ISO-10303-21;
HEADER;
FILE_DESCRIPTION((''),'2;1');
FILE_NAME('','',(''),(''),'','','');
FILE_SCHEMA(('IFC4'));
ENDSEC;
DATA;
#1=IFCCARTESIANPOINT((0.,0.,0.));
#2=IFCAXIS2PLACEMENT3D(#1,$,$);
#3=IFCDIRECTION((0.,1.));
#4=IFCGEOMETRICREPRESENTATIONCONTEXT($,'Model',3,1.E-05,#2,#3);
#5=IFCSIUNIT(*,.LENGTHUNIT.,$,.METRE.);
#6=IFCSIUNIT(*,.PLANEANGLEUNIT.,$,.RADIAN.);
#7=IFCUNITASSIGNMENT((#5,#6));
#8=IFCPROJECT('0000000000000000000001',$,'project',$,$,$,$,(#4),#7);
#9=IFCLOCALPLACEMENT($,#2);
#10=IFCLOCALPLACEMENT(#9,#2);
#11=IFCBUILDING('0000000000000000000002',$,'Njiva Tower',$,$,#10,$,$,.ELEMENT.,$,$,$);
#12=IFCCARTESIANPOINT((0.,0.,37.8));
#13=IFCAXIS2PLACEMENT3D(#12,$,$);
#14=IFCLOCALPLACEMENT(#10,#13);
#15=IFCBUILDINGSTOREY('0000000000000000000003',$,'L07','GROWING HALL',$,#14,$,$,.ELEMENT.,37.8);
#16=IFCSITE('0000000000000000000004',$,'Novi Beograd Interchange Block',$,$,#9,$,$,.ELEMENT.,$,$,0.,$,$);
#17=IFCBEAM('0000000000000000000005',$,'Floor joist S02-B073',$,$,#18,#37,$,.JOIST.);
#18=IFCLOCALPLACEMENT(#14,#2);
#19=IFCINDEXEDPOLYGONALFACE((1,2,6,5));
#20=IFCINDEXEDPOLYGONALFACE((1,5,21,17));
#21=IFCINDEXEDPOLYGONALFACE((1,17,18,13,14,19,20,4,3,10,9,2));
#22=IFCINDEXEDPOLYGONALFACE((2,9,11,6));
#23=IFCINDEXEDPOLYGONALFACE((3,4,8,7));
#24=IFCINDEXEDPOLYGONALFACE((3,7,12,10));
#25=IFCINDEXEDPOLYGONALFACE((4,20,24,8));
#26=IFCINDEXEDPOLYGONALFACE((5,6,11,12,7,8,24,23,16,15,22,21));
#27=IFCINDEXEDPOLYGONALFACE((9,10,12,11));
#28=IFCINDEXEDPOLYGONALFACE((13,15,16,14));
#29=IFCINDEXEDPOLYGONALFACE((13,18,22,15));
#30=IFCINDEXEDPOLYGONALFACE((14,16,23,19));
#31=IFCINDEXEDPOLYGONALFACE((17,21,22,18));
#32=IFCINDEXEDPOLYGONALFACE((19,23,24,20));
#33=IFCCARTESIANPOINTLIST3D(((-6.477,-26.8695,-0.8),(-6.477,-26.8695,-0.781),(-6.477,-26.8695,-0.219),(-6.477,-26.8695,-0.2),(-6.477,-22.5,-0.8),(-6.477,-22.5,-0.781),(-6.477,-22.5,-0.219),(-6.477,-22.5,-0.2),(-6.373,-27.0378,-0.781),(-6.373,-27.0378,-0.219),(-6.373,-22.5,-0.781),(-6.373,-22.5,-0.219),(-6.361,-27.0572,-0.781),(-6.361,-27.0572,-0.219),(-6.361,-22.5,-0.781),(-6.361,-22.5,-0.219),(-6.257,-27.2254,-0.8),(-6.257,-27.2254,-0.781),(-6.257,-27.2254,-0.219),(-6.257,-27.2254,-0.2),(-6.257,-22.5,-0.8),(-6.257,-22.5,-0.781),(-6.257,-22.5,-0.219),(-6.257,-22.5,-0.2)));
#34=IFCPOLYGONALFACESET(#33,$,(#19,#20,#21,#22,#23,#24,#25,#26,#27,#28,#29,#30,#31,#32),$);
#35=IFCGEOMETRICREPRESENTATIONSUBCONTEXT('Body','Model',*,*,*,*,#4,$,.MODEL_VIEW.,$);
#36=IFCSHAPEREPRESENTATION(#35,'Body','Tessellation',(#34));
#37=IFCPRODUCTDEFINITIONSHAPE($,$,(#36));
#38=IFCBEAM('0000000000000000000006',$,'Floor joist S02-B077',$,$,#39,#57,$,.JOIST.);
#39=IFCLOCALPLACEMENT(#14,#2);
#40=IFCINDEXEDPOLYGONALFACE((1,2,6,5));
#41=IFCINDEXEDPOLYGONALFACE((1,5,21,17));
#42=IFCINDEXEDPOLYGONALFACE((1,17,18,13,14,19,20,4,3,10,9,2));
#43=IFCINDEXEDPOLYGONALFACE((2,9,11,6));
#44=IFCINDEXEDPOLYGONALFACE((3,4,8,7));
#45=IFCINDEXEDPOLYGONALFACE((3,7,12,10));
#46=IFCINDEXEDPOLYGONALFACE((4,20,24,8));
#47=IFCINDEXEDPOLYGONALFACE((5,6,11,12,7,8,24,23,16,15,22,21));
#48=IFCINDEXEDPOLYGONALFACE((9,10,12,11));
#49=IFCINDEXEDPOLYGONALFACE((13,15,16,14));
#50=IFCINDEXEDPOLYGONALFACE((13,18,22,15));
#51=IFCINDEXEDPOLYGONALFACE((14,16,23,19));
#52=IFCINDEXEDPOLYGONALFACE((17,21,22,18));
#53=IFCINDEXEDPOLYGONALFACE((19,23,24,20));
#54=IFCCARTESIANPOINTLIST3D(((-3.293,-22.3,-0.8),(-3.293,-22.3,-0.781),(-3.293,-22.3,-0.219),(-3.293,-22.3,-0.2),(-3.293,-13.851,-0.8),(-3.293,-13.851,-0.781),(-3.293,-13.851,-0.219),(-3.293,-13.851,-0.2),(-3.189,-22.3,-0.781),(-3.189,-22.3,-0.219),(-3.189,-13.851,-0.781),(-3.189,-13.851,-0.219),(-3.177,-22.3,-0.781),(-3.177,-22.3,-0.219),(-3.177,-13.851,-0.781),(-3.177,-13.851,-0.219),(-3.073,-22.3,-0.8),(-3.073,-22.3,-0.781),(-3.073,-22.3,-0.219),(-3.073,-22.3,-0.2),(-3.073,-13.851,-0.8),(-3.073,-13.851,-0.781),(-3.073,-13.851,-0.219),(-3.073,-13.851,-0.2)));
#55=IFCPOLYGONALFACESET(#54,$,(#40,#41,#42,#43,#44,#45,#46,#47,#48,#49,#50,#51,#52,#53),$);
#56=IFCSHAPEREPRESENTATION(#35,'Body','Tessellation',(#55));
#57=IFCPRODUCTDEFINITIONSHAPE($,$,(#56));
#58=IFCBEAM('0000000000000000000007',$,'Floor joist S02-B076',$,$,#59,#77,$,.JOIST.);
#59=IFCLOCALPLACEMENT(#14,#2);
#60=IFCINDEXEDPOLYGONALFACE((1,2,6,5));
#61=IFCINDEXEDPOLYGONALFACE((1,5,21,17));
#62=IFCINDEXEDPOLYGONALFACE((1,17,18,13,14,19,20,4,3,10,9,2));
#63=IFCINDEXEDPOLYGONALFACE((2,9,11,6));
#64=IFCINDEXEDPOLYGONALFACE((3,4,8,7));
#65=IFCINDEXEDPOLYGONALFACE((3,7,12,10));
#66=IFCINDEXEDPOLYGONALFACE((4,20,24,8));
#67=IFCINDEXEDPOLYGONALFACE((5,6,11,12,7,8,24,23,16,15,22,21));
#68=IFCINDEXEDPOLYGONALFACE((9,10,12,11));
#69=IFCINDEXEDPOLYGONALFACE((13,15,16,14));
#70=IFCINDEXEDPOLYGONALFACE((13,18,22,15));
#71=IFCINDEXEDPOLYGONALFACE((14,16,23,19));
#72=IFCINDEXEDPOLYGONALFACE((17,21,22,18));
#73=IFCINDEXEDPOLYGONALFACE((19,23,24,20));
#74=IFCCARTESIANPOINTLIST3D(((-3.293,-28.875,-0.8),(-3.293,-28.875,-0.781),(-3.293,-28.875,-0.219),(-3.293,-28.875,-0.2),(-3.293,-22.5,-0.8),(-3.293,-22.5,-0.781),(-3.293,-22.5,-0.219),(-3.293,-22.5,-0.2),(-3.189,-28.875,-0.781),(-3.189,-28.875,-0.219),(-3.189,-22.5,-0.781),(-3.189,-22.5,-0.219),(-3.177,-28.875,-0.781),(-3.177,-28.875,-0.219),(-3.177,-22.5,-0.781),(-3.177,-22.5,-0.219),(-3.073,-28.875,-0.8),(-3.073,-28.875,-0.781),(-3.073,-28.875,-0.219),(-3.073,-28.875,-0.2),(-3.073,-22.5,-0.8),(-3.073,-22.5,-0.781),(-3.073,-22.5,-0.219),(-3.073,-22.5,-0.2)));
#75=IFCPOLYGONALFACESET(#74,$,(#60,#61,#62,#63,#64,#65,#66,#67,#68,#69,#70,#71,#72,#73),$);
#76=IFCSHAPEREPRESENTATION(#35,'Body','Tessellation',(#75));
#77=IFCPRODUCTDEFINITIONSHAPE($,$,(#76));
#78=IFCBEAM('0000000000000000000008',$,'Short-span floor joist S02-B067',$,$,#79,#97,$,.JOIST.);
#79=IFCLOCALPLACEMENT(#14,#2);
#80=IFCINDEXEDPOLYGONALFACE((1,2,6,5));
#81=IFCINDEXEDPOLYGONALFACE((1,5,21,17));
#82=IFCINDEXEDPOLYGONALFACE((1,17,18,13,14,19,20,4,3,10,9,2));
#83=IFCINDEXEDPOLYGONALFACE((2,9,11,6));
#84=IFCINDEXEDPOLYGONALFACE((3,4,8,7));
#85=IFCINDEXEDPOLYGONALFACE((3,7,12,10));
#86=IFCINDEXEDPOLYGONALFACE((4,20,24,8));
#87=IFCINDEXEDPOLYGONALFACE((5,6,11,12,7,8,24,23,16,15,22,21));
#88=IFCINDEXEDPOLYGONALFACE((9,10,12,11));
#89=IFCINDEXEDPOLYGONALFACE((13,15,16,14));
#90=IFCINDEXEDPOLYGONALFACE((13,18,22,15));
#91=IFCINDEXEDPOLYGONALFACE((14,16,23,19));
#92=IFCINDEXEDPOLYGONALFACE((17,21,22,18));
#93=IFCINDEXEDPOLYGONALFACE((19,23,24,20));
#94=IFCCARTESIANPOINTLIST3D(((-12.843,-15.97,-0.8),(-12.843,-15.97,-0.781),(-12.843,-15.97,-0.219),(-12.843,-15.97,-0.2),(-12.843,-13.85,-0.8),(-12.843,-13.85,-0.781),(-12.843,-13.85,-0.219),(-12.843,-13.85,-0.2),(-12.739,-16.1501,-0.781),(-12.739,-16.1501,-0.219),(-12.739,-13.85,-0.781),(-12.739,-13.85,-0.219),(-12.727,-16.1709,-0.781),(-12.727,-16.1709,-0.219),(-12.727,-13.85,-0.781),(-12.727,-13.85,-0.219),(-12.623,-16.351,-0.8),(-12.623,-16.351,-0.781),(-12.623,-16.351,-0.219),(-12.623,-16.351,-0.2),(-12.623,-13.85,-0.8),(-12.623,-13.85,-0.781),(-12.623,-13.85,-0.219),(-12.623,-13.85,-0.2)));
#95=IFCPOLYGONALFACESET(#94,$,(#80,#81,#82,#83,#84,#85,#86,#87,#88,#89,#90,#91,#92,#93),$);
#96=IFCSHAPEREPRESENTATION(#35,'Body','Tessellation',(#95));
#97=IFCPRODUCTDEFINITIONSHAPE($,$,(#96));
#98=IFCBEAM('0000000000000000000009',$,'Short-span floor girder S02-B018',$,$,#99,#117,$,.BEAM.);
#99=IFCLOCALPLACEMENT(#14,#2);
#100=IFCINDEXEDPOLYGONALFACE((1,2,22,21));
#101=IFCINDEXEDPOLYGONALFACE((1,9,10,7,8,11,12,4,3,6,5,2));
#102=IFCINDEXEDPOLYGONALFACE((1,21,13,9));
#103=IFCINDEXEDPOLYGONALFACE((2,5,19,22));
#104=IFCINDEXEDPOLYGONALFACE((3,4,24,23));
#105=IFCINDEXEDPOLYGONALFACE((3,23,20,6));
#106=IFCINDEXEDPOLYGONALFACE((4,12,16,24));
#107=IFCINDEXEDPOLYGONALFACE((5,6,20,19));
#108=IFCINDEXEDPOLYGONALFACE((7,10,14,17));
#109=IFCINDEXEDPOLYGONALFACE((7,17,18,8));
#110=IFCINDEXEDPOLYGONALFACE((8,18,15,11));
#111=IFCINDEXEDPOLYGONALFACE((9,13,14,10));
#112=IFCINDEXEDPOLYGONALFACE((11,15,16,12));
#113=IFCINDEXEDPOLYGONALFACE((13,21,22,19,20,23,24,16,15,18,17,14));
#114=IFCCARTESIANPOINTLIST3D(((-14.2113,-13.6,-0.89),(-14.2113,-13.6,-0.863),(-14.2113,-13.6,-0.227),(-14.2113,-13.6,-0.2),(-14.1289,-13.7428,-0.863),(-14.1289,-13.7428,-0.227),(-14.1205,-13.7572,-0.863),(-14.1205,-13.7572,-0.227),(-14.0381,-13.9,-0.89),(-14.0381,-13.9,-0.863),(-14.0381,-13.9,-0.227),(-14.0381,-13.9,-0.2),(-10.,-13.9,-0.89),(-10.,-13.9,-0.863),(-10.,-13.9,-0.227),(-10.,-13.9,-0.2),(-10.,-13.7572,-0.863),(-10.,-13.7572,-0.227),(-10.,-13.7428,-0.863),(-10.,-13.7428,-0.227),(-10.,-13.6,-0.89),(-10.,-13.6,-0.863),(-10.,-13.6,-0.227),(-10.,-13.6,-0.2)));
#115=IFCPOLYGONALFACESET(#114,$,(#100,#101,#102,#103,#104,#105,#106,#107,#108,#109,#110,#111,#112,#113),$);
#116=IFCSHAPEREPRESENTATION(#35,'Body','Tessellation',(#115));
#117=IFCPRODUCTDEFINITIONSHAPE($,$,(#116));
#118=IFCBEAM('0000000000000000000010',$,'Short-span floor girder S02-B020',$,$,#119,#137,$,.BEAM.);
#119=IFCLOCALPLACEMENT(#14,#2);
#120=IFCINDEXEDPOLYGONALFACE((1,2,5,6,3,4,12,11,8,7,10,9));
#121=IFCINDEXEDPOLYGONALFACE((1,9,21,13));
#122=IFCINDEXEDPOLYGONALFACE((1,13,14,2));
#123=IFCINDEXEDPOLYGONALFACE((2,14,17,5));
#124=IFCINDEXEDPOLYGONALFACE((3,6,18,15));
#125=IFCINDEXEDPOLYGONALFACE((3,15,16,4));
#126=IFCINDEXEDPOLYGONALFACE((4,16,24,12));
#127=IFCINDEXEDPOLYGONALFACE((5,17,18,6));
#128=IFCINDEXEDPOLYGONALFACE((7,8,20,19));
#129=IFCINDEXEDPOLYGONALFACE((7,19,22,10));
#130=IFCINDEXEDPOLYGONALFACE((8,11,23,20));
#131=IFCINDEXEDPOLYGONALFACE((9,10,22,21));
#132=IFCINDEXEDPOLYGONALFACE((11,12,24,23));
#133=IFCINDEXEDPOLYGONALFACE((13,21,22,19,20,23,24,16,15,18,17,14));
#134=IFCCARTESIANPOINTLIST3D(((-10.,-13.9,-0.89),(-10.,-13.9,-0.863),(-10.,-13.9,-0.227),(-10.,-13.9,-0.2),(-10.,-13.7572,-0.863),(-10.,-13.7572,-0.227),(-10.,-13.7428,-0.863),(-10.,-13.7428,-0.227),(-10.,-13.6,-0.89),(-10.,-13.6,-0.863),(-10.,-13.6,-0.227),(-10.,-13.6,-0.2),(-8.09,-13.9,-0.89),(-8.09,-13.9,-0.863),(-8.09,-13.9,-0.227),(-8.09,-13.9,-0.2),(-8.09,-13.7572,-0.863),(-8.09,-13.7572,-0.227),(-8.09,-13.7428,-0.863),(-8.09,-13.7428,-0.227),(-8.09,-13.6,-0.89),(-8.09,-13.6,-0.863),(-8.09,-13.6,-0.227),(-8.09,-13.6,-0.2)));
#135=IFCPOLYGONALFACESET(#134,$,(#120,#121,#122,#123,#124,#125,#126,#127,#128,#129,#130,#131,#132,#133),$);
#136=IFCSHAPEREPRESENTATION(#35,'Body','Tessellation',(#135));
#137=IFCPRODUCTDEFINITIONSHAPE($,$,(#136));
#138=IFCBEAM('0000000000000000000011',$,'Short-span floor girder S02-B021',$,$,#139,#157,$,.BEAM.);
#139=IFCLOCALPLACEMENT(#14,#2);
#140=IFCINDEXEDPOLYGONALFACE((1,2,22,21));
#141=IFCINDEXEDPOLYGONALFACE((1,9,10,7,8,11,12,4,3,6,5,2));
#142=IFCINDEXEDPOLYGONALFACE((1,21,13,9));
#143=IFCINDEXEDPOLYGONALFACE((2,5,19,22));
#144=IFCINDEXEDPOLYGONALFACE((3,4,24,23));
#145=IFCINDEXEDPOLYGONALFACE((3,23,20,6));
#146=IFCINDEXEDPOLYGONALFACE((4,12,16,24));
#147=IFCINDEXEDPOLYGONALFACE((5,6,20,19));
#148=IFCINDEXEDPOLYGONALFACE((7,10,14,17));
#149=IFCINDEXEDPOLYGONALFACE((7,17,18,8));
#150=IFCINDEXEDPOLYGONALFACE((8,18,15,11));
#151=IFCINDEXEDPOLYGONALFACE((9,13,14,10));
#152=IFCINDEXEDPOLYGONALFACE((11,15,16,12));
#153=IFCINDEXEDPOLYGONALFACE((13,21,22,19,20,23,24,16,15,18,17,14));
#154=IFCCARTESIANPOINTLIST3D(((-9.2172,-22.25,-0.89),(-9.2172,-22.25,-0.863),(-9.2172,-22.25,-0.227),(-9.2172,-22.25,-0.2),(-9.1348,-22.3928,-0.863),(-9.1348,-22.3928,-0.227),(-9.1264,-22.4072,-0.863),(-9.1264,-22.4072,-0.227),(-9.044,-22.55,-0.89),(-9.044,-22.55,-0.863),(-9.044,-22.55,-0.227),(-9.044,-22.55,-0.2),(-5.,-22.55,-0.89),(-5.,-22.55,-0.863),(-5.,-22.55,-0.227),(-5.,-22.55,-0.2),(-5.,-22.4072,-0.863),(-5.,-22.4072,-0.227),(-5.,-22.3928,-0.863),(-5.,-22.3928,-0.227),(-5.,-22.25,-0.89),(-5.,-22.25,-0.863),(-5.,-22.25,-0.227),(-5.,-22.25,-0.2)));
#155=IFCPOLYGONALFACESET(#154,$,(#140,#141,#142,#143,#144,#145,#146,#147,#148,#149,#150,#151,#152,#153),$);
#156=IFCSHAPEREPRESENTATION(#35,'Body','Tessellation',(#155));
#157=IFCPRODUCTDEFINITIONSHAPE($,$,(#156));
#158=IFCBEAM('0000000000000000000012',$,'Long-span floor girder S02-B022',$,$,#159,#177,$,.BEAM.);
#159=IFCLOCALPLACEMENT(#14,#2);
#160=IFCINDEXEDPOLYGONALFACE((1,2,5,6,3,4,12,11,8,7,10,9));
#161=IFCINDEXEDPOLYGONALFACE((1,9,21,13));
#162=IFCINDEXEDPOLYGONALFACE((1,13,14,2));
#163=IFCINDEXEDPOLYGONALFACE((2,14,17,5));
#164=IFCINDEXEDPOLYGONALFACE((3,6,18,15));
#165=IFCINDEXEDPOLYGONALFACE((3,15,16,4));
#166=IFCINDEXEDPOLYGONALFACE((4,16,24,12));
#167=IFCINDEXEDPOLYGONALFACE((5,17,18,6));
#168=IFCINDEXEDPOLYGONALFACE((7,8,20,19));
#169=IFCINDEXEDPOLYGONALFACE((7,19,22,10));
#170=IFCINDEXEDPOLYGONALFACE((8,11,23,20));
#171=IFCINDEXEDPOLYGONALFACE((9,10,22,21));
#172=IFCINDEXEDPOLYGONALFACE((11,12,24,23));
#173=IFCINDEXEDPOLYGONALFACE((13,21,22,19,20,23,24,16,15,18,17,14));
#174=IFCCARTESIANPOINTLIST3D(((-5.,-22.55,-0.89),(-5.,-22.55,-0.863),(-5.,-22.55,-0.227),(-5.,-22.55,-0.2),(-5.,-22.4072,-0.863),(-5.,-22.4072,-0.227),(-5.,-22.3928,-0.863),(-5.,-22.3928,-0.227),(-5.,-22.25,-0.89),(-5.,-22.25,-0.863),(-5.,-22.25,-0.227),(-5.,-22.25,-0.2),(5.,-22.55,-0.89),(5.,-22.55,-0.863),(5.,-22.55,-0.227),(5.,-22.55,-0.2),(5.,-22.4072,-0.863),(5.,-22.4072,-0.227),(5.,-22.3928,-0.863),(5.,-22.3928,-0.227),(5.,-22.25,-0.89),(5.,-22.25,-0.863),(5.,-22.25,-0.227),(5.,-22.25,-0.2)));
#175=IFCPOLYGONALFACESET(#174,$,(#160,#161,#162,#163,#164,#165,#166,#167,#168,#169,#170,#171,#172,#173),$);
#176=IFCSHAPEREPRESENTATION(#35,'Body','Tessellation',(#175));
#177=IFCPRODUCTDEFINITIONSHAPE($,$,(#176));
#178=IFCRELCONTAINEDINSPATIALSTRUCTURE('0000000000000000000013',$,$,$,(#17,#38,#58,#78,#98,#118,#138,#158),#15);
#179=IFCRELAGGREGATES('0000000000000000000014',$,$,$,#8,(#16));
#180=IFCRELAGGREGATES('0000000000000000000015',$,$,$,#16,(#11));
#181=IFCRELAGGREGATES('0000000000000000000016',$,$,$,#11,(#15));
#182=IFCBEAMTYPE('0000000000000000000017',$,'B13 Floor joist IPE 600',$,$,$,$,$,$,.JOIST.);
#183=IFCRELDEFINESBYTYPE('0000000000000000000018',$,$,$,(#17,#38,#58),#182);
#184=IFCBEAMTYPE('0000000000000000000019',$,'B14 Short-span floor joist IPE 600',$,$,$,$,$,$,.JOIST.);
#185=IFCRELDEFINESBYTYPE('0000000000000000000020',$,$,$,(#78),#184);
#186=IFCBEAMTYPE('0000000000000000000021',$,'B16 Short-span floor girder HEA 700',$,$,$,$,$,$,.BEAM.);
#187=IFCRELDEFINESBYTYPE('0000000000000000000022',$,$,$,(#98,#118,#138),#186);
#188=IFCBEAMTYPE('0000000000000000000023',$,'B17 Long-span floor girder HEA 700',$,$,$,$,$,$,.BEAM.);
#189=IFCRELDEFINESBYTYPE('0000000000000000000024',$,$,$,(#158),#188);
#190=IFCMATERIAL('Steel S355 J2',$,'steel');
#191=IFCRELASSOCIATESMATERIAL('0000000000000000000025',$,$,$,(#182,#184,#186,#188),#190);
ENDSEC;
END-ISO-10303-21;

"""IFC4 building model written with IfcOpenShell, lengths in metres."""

from ifc_helpers import new_model, si_unit, direction, frame, origin, origin_2d, place, context, subcontext, project, spatial, i_section, extrude, clip, halfspace, material, material_profile, profile_set, type_object, element, save


model = new_model("IFC4")

# Units and contexts
model_context = context("Model", 3, precision=1e-05, world=origin(), true_north=direction((0.0, 1.0)))
body_context = subcontext(model_context, "Body", "Model", "MODEL_VIEW")
ifc_project = project(units=[si_unit("LENGTHUNIT", "METRE"), si_unit("PLANEANGLEUNIT", "RADIAN")], contexts=[model_context])

# Site, building, storey
site_placement = place(None, origin())
site = spatial("IfcSite", under=ifc_project, at=site_placement, Name="Novi Beograd Interchange Block", CompositionType="ELEMENT", RefElevation=0.0)
building_placement = place(site_placement, origin())
building = spatial("IfcBuilding", under=site, at=building_placement, Name="Njiva Tower", CompositionType="ELEMENT")
storey_placement = place(building_placement, frame((0.0, 0.0, 37.8)))
storey = spatial("IfcBuildingStorey", under=building, at=storey_placement, Name="L07", Description="GROWING HALL", CompositionType="ELEMENT", Elevation=37.8)

# Shared definitions
ifc_material_1 = material(Name="Steel S355 J2", Category="steel")

# Beams
ifc_material_profile_1 = material_profile(ifc_material_1, i_section(OverallWidth=0.22, OverallDepth=0.6, WebThickness=0.012, FlangeThickness=0.019, at=origin_2d()), Name="IPE 600")
ifc_profile_set_1 = profile_set([ifc_material_profile_1], Name="Steel S355 J2")
beam_type_1 = type_object("IfcBeamType", Name="B13 Floor joist IPE 600", PredefinedType="JOIST", material=ifc_profile_set_1)
beam_1_placement = place(storey_placement, frame((-6.367, -22.5, -0.5), z_axis=(0.0, -1.0, 0.0), x_axis=(1.0, 0.0, 0.0)))
element("IfcBeam", 1, at=beam_1_placement, inside=storey, type_object=beam_type_1, Name="Floor joist S02-B073", PredefinedType="JOIST", context=body_context, shape_type="Clipping", body=[
    clip(extrude(i_section(OverallWidth=0.22, OverallDepth=0.6, WebThickness=0.012, FlangeThickness=0.019, at=origin_2d()), origin(), (0.0, 0.0, 1.0), 4.746), halfspace(frame((-0.0422, 0.0, 4.4792), z_axis=(-0.850625, 0.0, 0.525773), x_axis=(0.0, 1.0, 0.0)), False)),
])
beam_2_placement = place(storey_placement, frame((-3.183, -13.851, -0.5), z_axis=(0.0, -1.0, 0.0), x_axis=(1.0, 0.0, 0.0)))
element("IfcBeam", 2, at=beam_2_placement, inside=storey, type_object=beam_type_1, Name="Floor joist S02-B077", PredefinedType="JOIST", context=body_context, shape_type="SweptSolid", body=[
    extrude(i_section(OverallWidth=0.22, OverallDepth=0.6, WebThickness=0.012, FlangeThickness=0.019, at=origin_2d()), origin(), (0.0, 0.0, 1.0), 8.449),
])
beam_3_placement = place(storey_placement, frame((-3.183, -22.5, -0.5), z_axis=(0.0, -1.0, 0.0), x_axis=(1.0, 0.0, 0.0)))
element("IfcBeam", 3, at=beam_3_placement, inside=storey, type_object=beam_type_1, Name="Floor joist S02-B076", PredefinedType="JOIST", context=body_context, shape_type="SweptSolid", body=[
    extrude(i_section(OverallWidth=0.22, OverallDepth=0.6, WebThickness=0.012, FlangeThickness=0.019, at=origin_2d()), origin(), (0.0, 0.0, 1.0), 6.375),
])
ifc_material_profile_2 = material_profile(ifc_material_1, i_section(OverallWidth=0.22, OverallDepth=0.6, WebThickness=0.012, FlangeThickness=0.019, at=origin_2d()), Name="IPE 600")
ifc_profile_set_2 = profile_set([ifc_material_profile_2], Name="Steel S355 J2")
beam_type_2 = type_object("IfcBeamType", Name="B14 Short-span floor joist IPE 600", PredefinedType="JOIST", material=ifc_profile_set_2)
beam_4_placement = place(storey_placement, frame((-12.733, -13.85, -0.5), z_axis=(0.0, -1.0, 0.0), x_axis=(1.0, 0.0, 0.0)))
element("IfcBeam", 4, at=beam_4_placement, inside=storey, type_object=beam_type_2, Name="Short-span floor joist S02-B067", PredefinedType="JOIST", context=body_context, shape_type="Clipping", body=[
    clip(extrude(i_section(OverallWidth=0.22, OverallDepth=0.6, WebThickness=0.012, FlangeThickness=0.019, at=origin_2d()), origin(), (0.0, 0.0, 1.0), 2.521), halfspace(frame((-0.0436, 0.0, 2.235), z_axis=(-0.866027, 0.0, 0.499998), x_axis=(0.0, 1.0, 0.0)), False)),
])
ifc_material_profile_3 = material_profile(ifc_material_1, i_section(OverallWidth=0.3, OverallDepth=0.69, WebThickness=0.0145, FlangeThickness=0.027, at=origin_2d()), Name="HEA 700")
ifc_profile_set_3 = profile_set([ifc_material_profile_3], Name="Steel S355 J2")
beam_type_3 = type_object("IfcBeamType", Name="B16 Short-span floor girder HEA 700", PredefinedType="BEAM", material=ifc_profile_set_3)
beam_5_placement = place(storey_placement, frame((-14.232, -13.75, -0.545), z_axis=(1.0, 0.0, 0.0), x_axis=(0.0, 1.0, 0.0)))
element("IfcBeam", 5, at=beam_5_placement, inside=storey, type_object=beam_type_3, Name="Short-span floor girder S02-B018", PredefinedType="BEAM", context=body_context, shape_type="Clipping", body=[
    clip(extrude(i_section(OverallWidth=0.3, OverallDepth=0.69, WebThickness=0.0145, FlangeThickness=0.027, at=origin_2d()), origin(), (0.0, 0.0, 1.0), 4.232), halfspace(frame((-0.025, 0.0, 0.1217), z_axis=(-0.499998, 0.0, -0.866027), x_axis=(0.0, -1.0, 0.0)), False)),
])
beam_6_placement = place(storey_placement, frame((-10.0, -13.75, -0.545), z_axis=(1.0, 0.0, 0.0), x_axis=(0.0, 1.0, 0.0)))
element("IfcBeam", 6, at=beam_6_placement, inside=storey, type_object=beam_type_3, Name="Short-span floor girder S02-B020", PredefinedType="BEAM", context=body_context, shape_type="SweptSolid", body=[
    extrude(i_section(OverallWidth=0.3, OverallDepth=0.69, WebThickness=0.0145, FlangeThickness=0.027, at=origin_2d()), origin(), (0.0, 0.0, 1.0), 1.91),
])
beam_7_placement = place(storey_placement, frame((-9.238, -22.4, -0.545), z_axis=(1.0, 0.0, 0.0), x_axis=(0.0, 1.0, 0.0)))
element("IfcBeam", 7, at=beam_7_placement, inside=storey, type_object=beam_type_3, Name="Short-span floor girder S02-B021", PredefinedType="BEAM", context=body_context, shape_type="Clipping", body=[
    clip(extrude(i_section(OverallWidth=0.3, OverallDepth=0.69, WebThickness=0.0145, FlangeThickness=0.027, at=origin_2d()), origin(), (0.0, 0.0, 1.0), 4.238), halfspace(frame((-0.025, 0.0, 0.1218), z_axis=(-0.499998, 0.0, -0.866027), x_axis=(0.0, -1.0, 0.0)), False)),
])
ifc_material_profile_4 = material_profile(ifc_material_1, i_section(OverallWidth=0.3, OverallDepth=0.69, WebThickness=0.0145, FlangeThickness=0.027, at=origin_2d()), Name="HEA 700")
ifc_profile_set_4 = profile_set([ifc_material_profile_4], Name="Steel S355 J2")
beam_type_4 = type_object("IfcBeamType", Name="B17 Long-span floor girder HEA 700", PredefinedType="BEAM", material=ifc_profile_set_4)
beam_8_placement = place(storey_placement, frame((-5.0, -22.4, -0.545), z_axis=(1.0, 0.0, 0.0), x_axis=(0.0, 1.0, 0.0)))
element("IfcBeam", 8, at=beam_8_placement, inside=storey, type_object=beam_type_4, Name="Long-span floor girder S02-B022", PredefinedType="BEAM", context=body_context, shape_type="SweptSolid", body=[
    extrude(i_section(OverallWidth=0.3, OverallDepth=0.69, WebThickness=0.0145, FlangeThickness=0.027, at=origin_2d()), origin(), (0.0, 0.0, 1.0), 10.0),
])

save(model, "model.ifc")
